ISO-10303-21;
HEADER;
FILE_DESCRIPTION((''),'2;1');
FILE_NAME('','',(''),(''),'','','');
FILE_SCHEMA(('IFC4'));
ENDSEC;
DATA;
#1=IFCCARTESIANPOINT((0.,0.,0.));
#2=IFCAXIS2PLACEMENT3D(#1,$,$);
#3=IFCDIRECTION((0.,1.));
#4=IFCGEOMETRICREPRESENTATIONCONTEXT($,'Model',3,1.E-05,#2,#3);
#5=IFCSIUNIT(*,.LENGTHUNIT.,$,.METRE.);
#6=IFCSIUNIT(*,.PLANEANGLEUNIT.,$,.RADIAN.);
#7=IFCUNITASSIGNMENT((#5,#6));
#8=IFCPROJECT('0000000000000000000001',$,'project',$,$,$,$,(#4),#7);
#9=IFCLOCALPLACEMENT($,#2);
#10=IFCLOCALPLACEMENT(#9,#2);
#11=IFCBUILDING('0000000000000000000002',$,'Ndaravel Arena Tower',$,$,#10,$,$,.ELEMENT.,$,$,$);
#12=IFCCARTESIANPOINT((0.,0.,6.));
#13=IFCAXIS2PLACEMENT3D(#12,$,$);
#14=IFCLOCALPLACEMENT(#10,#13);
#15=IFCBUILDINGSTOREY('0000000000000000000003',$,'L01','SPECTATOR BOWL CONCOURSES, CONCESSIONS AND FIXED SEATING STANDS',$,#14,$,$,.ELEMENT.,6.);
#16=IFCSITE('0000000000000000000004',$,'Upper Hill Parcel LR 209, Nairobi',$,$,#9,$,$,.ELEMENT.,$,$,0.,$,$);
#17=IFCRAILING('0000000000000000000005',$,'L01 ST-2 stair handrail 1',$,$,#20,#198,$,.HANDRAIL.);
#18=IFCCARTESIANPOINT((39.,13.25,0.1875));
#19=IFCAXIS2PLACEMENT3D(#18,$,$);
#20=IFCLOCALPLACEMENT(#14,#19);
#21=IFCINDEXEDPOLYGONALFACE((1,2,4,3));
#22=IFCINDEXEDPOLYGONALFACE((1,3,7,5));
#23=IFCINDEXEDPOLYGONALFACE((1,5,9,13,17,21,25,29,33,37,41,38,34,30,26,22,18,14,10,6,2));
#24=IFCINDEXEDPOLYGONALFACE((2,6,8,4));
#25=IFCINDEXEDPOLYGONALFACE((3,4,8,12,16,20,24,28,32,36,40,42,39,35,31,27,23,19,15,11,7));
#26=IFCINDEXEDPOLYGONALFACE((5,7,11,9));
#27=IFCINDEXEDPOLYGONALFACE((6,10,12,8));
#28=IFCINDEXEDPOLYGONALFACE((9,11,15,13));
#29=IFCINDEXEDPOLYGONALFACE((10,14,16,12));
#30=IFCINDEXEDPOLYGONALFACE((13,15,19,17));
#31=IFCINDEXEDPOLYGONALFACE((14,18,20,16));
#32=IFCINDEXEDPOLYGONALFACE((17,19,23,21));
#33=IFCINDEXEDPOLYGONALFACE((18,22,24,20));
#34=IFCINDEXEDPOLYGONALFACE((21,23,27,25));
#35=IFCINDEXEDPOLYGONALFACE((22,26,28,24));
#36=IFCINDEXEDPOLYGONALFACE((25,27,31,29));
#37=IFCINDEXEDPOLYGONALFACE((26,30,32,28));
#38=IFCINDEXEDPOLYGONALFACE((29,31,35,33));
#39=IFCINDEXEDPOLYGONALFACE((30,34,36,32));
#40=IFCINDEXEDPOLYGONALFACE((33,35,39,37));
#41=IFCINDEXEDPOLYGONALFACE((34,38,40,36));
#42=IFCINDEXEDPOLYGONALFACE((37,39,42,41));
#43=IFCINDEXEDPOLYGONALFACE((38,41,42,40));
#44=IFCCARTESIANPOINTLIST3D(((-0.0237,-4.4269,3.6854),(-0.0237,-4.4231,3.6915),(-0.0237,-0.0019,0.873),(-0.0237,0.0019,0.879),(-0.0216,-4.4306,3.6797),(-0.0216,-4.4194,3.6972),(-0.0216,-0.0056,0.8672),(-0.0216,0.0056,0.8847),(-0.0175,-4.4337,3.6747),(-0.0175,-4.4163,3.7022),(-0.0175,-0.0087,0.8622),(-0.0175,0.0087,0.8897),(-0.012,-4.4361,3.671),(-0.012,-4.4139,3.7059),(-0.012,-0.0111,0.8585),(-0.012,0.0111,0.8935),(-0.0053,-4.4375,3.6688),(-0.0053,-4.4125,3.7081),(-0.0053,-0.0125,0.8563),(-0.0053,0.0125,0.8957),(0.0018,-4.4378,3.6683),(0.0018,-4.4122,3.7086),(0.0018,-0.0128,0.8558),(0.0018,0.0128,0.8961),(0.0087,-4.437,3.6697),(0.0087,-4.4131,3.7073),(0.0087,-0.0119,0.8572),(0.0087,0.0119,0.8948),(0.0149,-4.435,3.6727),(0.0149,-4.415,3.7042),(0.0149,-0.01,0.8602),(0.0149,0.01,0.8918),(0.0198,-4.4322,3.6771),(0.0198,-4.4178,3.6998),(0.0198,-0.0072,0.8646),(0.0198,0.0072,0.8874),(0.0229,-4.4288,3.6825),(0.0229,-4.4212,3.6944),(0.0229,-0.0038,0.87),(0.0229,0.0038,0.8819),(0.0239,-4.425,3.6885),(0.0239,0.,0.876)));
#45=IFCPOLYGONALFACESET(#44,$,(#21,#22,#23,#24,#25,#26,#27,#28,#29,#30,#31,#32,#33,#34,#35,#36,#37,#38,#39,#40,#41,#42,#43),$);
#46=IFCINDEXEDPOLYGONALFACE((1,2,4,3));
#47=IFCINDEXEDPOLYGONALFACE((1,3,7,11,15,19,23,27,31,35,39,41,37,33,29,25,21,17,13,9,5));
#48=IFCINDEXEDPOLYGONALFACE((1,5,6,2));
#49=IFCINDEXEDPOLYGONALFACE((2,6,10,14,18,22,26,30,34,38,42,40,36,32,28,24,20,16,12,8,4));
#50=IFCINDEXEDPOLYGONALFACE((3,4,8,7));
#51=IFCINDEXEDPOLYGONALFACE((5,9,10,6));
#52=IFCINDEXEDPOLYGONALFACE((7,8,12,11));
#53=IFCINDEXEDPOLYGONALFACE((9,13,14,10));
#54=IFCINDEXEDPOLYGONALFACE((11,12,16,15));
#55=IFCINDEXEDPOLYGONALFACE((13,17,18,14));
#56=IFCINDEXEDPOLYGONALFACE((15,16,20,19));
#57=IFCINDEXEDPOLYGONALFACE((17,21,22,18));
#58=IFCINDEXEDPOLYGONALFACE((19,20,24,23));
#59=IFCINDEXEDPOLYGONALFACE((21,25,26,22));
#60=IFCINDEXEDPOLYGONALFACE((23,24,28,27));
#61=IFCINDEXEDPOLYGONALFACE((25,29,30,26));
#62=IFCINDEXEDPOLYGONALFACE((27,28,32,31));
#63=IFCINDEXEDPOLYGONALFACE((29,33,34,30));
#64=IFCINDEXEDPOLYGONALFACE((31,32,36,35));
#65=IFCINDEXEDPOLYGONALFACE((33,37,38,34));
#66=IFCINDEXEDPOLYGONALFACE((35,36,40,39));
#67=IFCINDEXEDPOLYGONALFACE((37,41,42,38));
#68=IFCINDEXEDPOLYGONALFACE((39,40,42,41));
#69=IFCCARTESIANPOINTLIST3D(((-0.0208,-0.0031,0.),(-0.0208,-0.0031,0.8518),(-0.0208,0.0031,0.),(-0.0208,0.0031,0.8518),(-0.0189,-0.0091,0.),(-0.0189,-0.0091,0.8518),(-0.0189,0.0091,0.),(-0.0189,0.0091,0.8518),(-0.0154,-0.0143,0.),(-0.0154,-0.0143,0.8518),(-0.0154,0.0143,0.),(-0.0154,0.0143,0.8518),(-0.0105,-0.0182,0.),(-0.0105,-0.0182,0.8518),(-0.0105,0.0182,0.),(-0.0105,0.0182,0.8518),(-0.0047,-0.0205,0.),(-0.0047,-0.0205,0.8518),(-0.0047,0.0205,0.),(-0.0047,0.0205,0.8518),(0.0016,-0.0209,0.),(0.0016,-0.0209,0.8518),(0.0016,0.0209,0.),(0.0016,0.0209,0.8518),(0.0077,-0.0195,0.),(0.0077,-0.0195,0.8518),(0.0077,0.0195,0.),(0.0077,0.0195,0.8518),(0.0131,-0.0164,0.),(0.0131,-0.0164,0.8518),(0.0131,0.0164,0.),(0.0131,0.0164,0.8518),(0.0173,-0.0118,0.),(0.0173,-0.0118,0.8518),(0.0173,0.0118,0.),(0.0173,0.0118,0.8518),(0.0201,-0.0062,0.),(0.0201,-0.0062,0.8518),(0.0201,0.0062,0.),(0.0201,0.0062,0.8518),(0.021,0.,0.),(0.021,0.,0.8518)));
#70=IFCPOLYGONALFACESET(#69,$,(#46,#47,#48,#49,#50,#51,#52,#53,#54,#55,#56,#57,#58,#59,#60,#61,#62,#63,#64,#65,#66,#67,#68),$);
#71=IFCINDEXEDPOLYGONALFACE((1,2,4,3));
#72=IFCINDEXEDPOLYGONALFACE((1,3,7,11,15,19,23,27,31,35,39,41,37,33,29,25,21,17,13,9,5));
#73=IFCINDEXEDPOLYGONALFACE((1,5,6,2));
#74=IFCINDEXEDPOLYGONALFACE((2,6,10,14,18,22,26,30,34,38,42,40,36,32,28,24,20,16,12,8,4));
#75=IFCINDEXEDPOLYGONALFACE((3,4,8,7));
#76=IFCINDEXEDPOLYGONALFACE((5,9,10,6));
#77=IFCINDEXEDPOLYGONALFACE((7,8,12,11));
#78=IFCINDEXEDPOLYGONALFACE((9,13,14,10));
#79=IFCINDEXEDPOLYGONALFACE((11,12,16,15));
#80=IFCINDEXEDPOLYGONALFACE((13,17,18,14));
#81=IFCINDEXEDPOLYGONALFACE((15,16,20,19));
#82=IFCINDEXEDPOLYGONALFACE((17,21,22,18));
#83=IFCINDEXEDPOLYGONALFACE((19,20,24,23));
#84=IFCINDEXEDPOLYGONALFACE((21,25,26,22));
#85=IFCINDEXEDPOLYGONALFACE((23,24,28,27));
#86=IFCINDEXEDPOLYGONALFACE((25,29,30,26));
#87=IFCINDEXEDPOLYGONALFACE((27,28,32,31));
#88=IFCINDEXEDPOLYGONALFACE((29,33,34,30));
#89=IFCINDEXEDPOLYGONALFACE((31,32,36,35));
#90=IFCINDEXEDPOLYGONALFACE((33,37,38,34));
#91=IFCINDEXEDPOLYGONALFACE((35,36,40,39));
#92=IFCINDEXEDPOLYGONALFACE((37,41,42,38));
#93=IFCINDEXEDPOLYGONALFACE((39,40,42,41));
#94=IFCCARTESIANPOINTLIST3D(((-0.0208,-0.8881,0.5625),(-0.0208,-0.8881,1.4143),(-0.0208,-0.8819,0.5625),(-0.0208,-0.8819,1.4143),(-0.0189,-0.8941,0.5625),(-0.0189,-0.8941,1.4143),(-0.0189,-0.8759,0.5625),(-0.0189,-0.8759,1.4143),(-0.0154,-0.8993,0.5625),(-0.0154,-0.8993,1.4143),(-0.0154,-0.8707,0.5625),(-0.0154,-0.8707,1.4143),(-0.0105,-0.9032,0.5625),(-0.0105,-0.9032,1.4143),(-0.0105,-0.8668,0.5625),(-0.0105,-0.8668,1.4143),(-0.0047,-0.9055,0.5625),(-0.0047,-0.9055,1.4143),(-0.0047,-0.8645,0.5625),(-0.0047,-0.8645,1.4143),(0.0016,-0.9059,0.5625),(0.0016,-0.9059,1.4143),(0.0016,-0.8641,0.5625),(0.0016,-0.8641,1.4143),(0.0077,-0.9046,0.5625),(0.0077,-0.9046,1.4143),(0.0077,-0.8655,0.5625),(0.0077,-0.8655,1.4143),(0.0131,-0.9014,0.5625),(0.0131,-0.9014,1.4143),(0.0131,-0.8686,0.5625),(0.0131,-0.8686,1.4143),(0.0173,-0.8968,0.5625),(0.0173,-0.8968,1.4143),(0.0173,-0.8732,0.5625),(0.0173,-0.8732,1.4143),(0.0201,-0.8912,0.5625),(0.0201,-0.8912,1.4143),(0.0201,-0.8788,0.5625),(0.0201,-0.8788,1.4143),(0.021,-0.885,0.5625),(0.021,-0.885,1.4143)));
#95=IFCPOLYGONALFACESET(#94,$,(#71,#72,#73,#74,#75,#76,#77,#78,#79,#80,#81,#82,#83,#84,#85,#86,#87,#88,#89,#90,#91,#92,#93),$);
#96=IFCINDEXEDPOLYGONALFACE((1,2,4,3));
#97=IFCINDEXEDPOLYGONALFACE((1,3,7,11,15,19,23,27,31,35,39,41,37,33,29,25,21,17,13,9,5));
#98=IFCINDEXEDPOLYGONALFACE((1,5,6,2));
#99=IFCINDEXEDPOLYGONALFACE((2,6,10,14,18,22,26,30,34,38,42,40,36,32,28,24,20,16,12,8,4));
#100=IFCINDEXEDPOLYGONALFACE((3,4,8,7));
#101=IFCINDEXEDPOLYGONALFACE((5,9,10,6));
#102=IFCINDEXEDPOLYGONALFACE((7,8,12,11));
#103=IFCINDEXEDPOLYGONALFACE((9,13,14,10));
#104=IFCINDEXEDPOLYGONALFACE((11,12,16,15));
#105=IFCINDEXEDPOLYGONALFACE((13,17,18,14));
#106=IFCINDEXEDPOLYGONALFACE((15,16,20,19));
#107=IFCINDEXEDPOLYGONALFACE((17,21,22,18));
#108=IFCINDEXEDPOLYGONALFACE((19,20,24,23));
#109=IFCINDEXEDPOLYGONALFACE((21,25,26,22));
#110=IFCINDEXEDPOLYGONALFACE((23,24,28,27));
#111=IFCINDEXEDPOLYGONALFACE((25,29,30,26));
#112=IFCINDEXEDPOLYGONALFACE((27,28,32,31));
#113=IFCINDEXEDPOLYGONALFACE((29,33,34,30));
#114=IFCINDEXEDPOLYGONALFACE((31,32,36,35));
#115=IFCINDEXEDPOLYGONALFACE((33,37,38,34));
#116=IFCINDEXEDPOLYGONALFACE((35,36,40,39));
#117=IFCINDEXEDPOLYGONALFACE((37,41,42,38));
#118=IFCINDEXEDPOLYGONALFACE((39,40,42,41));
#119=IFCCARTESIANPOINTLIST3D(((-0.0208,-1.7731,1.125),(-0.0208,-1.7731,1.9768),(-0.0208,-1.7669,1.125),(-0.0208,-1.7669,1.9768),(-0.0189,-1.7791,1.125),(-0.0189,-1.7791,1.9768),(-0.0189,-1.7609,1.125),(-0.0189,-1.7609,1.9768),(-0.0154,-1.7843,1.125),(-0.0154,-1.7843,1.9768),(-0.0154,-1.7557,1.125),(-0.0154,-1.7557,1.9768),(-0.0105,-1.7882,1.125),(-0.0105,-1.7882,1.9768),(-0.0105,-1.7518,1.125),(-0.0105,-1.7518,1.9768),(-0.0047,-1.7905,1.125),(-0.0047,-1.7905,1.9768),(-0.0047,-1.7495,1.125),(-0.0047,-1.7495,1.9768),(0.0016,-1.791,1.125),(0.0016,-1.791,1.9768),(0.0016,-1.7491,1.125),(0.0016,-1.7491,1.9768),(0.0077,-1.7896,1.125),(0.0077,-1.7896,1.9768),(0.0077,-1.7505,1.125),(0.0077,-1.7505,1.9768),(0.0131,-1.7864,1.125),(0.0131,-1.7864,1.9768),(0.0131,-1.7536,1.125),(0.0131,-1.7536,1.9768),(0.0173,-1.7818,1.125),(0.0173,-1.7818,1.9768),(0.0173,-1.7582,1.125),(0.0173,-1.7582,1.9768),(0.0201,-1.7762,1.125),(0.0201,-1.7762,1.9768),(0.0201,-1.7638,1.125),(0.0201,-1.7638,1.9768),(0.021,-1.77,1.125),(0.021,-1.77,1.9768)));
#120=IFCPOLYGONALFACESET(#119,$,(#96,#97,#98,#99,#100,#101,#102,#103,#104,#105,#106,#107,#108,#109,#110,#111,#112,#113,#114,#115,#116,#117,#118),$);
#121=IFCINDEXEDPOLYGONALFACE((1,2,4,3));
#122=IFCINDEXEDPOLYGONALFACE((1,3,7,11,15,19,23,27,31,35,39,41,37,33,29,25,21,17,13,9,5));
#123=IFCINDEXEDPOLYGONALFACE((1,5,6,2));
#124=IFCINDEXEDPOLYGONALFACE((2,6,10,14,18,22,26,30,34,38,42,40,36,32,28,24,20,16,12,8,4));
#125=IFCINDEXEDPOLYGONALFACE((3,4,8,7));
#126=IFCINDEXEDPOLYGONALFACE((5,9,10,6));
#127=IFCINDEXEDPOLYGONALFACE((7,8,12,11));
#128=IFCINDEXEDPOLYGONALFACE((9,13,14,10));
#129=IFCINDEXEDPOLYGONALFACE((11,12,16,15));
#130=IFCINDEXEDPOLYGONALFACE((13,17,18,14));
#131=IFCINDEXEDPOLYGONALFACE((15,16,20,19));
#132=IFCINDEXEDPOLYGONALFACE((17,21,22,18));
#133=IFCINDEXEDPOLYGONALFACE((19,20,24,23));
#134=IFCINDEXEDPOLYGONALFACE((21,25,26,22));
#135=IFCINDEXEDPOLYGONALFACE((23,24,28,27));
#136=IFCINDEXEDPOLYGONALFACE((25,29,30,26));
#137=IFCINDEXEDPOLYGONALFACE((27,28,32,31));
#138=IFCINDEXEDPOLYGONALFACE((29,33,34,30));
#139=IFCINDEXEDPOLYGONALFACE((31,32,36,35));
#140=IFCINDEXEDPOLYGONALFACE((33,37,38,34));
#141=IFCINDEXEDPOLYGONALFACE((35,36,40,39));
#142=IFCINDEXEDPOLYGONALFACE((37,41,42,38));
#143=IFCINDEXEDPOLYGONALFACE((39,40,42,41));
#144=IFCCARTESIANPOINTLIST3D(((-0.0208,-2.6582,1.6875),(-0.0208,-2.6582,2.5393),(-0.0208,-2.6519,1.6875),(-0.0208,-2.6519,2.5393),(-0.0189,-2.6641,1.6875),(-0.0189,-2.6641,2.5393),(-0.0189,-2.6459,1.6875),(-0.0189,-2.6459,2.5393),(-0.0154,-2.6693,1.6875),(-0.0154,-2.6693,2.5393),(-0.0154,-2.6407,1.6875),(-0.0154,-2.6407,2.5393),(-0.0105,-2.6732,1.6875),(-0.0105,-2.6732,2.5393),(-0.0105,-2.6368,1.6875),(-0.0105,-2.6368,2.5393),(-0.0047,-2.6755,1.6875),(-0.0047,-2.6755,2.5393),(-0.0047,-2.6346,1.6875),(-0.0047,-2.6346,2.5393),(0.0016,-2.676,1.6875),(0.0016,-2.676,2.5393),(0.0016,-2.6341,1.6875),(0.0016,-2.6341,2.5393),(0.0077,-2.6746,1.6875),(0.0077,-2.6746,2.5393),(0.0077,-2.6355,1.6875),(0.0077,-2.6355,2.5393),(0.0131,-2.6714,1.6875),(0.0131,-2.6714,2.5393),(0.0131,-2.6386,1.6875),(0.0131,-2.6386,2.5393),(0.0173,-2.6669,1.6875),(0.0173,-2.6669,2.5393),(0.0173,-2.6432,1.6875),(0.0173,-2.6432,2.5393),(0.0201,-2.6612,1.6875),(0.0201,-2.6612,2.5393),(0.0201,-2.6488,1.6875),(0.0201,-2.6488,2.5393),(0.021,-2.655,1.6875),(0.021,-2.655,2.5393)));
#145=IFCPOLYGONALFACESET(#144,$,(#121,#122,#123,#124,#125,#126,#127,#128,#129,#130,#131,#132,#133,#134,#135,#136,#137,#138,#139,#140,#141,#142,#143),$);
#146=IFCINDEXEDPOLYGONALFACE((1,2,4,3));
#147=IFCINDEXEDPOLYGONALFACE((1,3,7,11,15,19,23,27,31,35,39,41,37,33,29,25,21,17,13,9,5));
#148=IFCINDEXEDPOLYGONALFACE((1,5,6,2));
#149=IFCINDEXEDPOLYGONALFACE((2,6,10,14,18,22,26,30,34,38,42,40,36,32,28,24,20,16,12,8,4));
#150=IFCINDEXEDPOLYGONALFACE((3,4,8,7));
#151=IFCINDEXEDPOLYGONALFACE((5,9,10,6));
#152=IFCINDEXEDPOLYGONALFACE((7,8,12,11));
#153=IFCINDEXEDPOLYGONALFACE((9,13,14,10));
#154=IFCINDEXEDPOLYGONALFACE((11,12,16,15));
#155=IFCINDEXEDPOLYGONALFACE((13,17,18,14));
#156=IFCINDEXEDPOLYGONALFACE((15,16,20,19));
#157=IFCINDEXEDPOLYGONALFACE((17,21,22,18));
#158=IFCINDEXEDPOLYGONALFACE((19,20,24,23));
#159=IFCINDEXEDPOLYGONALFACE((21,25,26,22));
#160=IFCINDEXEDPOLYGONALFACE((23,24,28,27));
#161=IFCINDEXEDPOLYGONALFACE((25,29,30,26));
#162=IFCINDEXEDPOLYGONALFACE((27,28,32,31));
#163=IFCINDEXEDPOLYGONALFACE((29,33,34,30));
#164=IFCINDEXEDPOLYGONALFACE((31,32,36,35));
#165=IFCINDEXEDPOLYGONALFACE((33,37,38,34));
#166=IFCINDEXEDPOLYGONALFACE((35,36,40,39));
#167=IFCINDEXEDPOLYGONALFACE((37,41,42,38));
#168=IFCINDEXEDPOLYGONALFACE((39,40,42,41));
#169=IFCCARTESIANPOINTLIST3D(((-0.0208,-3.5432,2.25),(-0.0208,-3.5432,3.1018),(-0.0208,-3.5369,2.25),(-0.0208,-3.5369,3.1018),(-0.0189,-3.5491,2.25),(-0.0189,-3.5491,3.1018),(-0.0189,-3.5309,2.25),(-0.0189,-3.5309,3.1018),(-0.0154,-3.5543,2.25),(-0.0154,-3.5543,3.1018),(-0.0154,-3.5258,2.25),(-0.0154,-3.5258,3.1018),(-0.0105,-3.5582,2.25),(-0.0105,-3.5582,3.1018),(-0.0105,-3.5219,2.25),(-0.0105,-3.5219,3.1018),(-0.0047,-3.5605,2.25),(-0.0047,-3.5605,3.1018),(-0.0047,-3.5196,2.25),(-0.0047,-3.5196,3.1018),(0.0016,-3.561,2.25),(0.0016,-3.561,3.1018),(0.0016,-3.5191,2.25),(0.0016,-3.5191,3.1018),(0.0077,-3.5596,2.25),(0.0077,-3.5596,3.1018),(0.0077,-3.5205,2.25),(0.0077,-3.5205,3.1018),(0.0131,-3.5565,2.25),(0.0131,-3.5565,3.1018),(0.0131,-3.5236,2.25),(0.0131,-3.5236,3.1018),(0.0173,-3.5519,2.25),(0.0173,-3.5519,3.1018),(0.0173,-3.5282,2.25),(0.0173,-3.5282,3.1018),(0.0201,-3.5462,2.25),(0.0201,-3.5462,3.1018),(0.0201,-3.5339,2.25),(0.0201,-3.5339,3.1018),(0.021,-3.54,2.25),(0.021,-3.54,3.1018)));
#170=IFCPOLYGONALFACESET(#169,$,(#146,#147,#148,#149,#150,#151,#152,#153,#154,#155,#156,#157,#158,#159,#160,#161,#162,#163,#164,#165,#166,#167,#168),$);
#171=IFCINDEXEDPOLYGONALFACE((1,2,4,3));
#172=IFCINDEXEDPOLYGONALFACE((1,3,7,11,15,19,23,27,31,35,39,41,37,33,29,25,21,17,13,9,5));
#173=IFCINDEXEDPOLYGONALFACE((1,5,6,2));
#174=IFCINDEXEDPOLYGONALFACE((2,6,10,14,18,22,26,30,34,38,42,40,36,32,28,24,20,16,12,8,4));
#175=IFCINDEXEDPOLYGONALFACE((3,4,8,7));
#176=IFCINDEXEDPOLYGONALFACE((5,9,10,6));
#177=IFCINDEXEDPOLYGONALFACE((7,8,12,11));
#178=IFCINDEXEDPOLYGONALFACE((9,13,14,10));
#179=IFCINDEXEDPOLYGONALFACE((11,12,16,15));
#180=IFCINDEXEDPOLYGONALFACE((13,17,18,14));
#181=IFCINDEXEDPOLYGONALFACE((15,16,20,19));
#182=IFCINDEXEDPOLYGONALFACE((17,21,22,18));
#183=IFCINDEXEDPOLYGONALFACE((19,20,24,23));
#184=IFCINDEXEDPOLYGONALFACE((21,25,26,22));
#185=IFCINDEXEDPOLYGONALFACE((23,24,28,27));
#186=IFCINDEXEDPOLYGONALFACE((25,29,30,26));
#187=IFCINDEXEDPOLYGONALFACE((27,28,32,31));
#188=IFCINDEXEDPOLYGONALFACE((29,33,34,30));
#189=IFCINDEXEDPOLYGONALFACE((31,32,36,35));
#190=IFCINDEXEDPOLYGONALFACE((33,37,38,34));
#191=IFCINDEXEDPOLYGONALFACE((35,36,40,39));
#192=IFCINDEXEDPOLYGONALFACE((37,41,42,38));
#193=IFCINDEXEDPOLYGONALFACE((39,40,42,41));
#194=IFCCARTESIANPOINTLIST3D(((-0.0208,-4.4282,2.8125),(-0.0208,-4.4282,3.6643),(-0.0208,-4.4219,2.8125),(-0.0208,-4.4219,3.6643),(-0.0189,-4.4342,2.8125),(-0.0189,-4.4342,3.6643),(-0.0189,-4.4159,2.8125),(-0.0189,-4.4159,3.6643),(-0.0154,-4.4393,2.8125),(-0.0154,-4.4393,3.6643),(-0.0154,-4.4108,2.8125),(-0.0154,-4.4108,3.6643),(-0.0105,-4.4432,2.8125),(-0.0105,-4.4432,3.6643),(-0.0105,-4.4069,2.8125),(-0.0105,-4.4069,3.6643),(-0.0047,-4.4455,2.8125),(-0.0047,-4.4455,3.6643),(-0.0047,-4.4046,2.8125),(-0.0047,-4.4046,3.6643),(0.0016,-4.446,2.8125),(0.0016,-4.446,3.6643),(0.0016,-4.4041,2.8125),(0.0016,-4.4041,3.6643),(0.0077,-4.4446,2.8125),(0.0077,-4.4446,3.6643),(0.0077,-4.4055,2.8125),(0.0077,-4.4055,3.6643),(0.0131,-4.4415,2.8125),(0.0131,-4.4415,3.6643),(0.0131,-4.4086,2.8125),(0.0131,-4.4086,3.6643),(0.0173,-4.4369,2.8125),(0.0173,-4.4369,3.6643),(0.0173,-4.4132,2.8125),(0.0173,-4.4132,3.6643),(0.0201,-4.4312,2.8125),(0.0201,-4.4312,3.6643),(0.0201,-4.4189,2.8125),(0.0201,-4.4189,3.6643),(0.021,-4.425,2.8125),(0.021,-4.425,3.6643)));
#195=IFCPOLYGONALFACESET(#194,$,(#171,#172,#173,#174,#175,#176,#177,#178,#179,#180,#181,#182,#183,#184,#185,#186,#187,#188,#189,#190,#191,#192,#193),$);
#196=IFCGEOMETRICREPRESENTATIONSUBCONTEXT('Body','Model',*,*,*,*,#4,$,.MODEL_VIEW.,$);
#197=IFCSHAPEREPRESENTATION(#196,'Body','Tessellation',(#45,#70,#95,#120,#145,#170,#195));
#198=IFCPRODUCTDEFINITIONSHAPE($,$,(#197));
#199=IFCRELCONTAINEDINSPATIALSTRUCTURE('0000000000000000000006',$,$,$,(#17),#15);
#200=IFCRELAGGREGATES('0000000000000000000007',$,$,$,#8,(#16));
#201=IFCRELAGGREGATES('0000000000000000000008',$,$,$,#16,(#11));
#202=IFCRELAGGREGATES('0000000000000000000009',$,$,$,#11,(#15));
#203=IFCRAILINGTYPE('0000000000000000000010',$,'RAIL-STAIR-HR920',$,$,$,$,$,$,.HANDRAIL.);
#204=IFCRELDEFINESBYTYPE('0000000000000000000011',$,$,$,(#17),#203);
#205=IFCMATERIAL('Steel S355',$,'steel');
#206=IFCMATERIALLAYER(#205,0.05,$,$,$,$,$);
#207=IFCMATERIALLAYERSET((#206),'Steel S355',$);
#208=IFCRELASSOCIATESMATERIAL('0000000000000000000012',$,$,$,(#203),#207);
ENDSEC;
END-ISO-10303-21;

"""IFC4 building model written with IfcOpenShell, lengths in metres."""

from ifc_helpers import new_model, si_unit, direction, frame, origin, origin_2d, place, context, subcontext, project, spatial, circle, extrude, material, layer, layer_set, type_object, element, save


model = new_model("IFC4")

# Units and contexts
model_context = context("Model", 3, precision=1e-05, world=origin(), true_north=direction((0.0, 1.0)))
body_context = subcontext(model_context, "Body", "Model", "MODEL_VIEW")
ifc_project = project(units=[si_unit("LENGTHUNIT", "METRE"), si_unit("PLANEANGLEUNIT", "RADIAN")], contexts=[model_context])

# Site, building, storey
site_placement = place(None, origin())
site = spatial("IfcSite", under=ifc_project, at=site_placement, Name="Upper Hill Parcel LR 209, Nairobi", CompositionType="ELEMENT", RefElevation=0.0)
building_placement = place(site_placement, origin())
building = spatial("IfcBuilding", under=site, at=building_placement, Name="Ndaravel Arena Tower", CompositionType="ELEMENT")
storey_placement = place(building_placement, frame((0.0, 0.0, 6.0)))
storey = spatial("IfcBuildingStorey", under=building, at=storey_placement, Name="L01", Description="SPECTATOR BOWL CONCOURSES, CONCESSIONS AND FIXED SEATING STANDS", CompositionType="ELEMENT", Elevation=6.0)

# Railing
ifc_material_1 = material(Name="Steel S355", Category="steel")
ifc_layer_1 = layer(ifc_material_1, 0.05)
ifc_layer_set_1 = layer_set([ifc_layer_1], Name="Steel S355")
railing_type_1 = type_object("IfcRailingType", Name="RAIL-STAIR-HR920", PredefinedType="HANDRAIL", material=ifc_layer_set_1)
railing_1_placement = place(storey_placement, frame((39.0, 13.25, 0.1875)))
element("IfcRailing", 1, at=railing_1_placement, inside=storey, type_object=railing_type_1, Name="L01 ST-2 stair handrail 1", PredefinedType="HANDRAIL", context=body_context, shape_type="SweptSolid", body=[
    extrude(circle(Radius=0.0239, at=origin_2d()), frame((0.0, 0.0, 0.876), z_axis=(0.0, -0.843959, 0.536408), x_axis=(1.0, 0.0, 0.0)), (0.0, 0.0, 1.0), 5.2432),
    extrude(circle(Radius=0.021, at=origin_2d()), origin(), (0.0, 0.0, 1.0), 0.8518),
    extrude(circle(Radius=0.021, at=origin_2d()), frame((0.0, -0.885, 0.5625)), (0.0, 0.0, 1.0), 0.8518),
    extrude(circle(Radius=0.021, at=origin_2d()), frame((0.0, -1.77, 1.125)), (0.0, 0.0, 1.0), 0.8518),
    extrude(circle(Radius=0.021, at=origin_2d()), frame((0.0, -2.655, 1.6875)), (0.0, 0.0, 1.0), 0.8518),
    extrude(circle(Radius=0.021, at=origin_2d()), frame((0.0, -3.54, 2.25)), (0.0, 0.0, 1.0), 0.8518),
    extrude(circle(Radius=0.021, at=origin_2d()), frame((0.0, -4.425, 2.8125)), (0.0, 0.0, 1.0), 0.8518),
])

save(model, "model.ifc")
